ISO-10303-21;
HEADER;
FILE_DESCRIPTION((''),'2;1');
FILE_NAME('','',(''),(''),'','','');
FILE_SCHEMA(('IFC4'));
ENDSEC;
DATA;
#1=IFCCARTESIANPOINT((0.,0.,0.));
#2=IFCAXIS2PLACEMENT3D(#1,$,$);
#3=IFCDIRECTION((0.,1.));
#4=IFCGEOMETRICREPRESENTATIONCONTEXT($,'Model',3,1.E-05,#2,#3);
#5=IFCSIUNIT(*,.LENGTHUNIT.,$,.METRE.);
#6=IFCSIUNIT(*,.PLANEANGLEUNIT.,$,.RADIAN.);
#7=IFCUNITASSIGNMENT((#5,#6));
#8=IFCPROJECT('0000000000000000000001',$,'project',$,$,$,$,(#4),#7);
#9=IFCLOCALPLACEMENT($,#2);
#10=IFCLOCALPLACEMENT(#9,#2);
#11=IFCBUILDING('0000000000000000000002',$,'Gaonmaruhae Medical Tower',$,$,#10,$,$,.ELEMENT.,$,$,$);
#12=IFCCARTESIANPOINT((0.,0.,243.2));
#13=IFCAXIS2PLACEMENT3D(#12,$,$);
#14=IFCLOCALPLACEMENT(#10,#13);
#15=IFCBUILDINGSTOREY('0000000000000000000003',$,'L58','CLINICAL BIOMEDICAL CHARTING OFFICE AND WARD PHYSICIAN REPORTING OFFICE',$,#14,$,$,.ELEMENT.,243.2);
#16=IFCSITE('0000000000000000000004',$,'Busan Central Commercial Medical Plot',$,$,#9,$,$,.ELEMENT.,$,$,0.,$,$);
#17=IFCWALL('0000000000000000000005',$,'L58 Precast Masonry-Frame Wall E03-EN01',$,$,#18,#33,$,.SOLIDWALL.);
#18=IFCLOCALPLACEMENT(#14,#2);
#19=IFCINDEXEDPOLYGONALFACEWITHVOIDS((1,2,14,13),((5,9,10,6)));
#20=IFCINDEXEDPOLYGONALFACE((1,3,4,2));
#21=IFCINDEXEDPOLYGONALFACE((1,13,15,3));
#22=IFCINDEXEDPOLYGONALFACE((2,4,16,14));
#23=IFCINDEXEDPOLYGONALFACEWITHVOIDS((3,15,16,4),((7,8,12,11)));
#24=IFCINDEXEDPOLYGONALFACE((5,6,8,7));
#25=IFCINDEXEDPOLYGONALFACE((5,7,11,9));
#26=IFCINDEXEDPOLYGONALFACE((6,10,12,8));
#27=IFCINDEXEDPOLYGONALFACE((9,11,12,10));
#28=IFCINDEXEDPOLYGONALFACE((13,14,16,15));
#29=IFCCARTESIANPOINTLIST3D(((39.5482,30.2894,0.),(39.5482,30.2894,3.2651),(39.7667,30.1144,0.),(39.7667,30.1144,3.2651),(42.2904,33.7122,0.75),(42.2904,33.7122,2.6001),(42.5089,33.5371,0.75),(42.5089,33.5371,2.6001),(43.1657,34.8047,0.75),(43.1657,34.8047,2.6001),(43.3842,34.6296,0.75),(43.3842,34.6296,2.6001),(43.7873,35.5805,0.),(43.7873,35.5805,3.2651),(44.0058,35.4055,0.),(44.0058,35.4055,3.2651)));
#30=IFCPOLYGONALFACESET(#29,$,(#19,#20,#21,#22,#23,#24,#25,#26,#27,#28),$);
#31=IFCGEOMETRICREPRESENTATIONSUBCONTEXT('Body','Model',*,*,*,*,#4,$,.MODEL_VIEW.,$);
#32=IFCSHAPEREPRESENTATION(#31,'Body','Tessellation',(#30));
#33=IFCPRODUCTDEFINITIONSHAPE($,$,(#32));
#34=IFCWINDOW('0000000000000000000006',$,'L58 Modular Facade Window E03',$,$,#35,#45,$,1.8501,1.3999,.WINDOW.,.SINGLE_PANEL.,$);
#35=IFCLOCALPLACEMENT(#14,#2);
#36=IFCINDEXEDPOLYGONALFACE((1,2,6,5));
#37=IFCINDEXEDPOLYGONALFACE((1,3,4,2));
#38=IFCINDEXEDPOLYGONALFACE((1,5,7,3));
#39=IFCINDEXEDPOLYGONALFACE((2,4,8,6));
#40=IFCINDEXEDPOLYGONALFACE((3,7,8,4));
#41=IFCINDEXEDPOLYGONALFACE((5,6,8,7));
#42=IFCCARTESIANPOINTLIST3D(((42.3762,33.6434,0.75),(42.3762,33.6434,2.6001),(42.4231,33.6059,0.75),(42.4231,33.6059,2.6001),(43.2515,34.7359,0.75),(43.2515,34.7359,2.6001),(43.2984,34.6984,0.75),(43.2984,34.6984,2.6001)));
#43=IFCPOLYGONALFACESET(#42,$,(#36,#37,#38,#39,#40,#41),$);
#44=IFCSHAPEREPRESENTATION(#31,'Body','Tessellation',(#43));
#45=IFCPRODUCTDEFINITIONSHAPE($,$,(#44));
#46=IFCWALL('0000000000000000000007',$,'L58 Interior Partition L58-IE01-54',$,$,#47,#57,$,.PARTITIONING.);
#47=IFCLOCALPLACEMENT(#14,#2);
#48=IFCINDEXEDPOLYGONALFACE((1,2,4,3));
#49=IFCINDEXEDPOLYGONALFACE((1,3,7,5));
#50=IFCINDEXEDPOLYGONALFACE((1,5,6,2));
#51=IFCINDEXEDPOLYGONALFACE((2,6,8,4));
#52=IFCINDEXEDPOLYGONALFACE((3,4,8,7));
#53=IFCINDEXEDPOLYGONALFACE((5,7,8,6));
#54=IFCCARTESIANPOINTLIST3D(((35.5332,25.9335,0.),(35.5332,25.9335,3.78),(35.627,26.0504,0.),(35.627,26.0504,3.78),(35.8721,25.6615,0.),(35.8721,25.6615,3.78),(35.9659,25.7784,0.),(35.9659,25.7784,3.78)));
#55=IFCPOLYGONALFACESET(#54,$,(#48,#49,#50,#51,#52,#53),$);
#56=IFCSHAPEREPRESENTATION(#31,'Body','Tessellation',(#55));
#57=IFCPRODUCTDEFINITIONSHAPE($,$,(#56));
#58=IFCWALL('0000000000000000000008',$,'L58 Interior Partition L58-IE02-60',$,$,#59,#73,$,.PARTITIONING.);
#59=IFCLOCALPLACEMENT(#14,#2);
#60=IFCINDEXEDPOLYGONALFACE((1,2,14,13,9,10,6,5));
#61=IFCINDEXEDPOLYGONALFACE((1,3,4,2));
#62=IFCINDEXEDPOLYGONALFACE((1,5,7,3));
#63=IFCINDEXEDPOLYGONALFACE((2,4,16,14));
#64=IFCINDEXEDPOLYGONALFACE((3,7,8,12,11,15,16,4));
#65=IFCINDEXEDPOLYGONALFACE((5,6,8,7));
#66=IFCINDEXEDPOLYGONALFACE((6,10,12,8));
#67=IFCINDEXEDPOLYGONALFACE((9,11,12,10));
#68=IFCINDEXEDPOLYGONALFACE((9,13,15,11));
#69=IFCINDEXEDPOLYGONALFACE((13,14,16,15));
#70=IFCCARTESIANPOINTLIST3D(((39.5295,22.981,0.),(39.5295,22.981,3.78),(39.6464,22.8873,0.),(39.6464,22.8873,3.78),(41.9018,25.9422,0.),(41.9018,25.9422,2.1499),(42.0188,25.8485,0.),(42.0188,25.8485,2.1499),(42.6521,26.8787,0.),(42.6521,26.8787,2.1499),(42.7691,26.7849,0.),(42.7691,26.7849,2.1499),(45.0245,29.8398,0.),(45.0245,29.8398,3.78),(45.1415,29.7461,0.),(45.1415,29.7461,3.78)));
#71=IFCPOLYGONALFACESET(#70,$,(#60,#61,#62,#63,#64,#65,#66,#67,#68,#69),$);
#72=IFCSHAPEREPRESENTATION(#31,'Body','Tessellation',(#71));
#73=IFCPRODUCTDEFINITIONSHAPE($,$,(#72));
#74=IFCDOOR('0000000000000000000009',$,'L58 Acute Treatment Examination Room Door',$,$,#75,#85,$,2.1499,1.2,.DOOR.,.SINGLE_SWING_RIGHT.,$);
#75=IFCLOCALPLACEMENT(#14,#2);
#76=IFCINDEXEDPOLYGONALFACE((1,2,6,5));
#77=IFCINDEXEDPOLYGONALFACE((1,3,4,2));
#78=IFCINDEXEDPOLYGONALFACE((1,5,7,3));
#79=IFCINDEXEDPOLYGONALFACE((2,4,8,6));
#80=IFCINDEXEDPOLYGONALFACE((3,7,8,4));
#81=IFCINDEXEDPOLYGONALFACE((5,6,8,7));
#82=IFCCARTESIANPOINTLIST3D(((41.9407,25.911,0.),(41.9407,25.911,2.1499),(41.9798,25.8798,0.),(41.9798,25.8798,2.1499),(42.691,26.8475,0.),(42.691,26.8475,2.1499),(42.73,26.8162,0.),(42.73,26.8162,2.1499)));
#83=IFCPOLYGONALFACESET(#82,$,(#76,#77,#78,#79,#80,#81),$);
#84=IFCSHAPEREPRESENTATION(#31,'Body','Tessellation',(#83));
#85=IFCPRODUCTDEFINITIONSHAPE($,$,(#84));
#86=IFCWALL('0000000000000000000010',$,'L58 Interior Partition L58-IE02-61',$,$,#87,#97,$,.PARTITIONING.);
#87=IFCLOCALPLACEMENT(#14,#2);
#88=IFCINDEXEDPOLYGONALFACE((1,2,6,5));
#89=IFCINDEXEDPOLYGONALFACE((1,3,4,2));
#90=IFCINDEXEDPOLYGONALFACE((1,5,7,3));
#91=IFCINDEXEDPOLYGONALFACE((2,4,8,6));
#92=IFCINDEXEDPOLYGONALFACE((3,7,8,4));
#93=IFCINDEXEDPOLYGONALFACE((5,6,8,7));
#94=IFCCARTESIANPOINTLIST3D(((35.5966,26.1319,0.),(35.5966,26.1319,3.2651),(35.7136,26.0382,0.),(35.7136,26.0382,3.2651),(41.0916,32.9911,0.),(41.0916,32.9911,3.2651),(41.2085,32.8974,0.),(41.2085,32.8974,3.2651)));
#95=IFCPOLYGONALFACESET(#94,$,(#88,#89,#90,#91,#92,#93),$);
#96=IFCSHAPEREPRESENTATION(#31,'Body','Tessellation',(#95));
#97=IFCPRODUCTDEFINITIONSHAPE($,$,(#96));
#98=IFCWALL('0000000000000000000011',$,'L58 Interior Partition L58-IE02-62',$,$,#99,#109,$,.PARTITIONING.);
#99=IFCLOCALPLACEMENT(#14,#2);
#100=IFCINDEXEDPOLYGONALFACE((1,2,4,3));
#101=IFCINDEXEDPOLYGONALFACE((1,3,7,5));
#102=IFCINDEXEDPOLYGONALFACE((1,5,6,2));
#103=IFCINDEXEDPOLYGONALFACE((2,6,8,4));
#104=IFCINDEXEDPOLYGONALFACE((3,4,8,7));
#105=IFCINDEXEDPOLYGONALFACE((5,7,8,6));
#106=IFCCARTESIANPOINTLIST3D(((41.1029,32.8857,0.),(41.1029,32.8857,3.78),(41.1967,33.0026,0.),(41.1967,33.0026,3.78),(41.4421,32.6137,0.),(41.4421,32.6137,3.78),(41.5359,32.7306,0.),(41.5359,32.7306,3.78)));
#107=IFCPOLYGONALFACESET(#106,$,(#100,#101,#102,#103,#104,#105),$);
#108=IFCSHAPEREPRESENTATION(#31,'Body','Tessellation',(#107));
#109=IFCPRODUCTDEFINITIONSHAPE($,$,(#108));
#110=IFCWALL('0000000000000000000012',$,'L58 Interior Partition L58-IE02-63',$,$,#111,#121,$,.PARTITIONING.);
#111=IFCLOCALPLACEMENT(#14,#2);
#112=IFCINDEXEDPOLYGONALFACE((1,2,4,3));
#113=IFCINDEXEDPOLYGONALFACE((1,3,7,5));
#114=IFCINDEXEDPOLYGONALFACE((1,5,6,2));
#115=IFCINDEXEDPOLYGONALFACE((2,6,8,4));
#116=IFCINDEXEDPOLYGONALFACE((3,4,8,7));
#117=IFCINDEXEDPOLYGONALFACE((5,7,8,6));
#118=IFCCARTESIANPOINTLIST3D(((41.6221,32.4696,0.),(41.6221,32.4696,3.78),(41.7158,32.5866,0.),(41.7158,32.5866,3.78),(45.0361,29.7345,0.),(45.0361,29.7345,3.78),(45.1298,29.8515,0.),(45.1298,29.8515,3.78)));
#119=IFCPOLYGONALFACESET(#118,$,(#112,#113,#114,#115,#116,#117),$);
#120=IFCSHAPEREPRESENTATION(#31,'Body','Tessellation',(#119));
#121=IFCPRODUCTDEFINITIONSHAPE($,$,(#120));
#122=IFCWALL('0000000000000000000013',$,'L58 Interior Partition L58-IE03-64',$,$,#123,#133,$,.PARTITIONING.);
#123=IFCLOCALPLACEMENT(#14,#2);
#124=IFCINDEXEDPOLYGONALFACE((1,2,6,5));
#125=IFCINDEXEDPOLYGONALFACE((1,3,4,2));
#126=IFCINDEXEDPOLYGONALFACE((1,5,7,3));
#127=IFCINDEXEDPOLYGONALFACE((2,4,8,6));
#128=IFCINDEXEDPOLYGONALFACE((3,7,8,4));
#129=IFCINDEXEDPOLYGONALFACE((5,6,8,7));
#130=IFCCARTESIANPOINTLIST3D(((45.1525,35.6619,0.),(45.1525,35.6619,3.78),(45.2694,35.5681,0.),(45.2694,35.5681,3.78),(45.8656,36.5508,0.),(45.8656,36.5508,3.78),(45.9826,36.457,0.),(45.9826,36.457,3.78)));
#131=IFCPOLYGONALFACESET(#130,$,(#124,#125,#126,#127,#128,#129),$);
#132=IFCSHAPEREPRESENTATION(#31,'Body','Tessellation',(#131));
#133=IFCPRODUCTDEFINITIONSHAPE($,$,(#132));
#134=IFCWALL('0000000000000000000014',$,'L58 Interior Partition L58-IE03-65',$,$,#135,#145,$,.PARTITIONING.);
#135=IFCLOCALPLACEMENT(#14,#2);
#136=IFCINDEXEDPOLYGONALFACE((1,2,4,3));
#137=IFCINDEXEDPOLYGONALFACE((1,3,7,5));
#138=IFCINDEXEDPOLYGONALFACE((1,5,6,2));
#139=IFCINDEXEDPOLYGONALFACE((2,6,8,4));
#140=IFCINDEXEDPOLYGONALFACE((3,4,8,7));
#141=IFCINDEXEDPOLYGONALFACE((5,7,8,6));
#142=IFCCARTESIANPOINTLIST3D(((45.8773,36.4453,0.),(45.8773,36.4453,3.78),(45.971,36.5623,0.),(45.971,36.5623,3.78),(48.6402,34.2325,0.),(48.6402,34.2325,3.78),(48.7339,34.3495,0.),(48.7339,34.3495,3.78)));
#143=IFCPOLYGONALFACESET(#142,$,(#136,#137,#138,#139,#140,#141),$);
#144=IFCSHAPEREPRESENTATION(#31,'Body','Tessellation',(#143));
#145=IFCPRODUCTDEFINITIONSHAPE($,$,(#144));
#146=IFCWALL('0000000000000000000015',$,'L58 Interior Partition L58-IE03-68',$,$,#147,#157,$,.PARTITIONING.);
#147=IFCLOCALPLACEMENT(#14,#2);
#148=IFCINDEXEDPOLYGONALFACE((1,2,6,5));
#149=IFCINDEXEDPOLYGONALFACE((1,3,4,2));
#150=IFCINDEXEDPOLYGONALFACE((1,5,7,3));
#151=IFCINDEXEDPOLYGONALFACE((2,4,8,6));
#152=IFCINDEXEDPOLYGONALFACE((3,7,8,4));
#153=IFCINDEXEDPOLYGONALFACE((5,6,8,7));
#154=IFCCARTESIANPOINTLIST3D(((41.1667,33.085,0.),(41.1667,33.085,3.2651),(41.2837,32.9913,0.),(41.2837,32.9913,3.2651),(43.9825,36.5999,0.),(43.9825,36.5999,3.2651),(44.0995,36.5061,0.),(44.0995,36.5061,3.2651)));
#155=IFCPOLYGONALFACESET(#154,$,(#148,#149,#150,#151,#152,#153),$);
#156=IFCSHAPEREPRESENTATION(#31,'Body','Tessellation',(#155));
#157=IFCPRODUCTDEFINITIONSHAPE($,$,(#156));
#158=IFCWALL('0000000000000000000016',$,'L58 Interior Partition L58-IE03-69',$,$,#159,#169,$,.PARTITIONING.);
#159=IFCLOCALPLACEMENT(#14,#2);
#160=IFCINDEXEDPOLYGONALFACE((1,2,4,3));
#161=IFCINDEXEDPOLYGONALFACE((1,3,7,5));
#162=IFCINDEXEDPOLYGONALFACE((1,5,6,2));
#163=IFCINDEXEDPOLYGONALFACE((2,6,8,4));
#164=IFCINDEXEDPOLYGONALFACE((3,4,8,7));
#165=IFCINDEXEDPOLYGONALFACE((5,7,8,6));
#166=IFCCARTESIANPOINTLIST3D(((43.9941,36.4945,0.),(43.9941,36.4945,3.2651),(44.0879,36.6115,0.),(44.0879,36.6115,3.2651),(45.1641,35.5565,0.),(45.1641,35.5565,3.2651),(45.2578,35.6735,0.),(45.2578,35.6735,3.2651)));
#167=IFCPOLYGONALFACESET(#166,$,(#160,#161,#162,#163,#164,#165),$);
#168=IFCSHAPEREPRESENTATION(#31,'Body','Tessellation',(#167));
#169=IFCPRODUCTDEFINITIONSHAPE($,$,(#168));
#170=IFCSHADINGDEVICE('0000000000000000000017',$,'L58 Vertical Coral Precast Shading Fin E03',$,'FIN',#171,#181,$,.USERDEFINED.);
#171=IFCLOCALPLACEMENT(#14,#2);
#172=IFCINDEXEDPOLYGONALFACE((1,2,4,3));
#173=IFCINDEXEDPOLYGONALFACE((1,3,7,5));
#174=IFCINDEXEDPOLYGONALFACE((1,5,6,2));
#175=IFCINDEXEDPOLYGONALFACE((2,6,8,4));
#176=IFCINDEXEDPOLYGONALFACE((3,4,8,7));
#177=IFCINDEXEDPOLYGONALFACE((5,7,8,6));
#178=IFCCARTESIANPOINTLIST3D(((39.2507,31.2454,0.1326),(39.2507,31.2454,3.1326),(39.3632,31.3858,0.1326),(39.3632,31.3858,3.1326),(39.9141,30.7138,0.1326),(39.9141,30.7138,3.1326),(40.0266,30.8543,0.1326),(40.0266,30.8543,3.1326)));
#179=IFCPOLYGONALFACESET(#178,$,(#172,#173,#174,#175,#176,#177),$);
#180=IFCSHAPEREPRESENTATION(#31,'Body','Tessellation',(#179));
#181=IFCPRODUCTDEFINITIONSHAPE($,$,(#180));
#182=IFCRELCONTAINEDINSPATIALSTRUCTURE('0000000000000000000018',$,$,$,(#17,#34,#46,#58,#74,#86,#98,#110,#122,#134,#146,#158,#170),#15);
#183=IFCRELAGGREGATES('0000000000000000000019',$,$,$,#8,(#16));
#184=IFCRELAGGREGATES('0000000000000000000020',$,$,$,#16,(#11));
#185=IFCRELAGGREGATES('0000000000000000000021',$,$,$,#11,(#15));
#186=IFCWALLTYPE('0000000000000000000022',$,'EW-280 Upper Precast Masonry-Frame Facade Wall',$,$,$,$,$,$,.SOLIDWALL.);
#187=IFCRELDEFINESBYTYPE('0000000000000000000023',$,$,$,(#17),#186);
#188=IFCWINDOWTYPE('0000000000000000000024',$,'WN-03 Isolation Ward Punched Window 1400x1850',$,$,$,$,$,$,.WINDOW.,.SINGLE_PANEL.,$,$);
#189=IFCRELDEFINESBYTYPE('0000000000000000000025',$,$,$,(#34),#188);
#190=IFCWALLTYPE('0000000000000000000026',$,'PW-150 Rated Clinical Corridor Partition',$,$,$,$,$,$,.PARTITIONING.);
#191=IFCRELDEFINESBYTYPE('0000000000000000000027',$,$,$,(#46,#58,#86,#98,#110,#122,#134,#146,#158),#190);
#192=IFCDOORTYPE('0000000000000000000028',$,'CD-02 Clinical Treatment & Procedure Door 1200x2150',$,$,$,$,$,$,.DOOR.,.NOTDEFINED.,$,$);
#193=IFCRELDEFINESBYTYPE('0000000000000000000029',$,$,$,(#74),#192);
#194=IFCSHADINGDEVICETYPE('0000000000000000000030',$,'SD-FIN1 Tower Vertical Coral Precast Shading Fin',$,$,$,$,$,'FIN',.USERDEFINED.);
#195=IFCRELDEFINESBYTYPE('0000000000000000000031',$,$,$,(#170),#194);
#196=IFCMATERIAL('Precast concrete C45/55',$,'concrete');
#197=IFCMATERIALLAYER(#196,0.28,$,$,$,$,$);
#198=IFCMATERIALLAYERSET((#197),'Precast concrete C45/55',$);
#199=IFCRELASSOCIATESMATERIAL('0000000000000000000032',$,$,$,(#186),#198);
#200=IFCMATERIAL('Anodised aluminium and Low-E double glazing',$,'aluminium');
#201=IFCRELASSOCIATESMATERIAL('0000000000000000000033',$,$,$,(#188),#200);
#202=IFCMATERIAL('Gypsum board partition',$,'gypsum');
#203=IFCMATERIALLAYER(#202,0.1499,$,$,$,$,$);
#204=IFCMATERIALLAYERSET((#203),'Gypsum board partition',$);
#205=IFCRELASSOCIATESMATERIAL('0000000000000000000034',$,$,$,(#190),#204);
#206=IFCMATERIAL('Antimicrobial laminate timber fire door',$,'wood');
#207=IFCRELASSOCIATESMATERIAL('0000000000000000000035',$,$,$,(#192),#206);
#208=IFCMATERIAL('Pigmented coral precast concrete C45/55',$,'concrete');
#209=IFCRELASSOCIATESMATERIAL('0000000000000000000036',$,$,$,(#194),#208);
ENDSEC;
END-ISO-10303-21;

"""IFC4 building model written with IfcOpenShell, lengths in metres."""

from ifc_helpers import new_model, si_unit, direction, frame, frame_2d, origin, origin_2d, place, context, subcontext, project, spatial, rectangle, extrude, material, layer, layer_set, type_object, element, fill, save


model = new_model("IFC4")

# Units and contexts
model_context = context("Model", 3, precision=1e-05, world=origin(), true_north=direction((0.0, 1.0)))
body_context = subcontext(model_context, "Body", "Model", "MODEL_VIEW")
ifc_project = project(units=[si_unit("LENGTHUNIT", "METRE"), si_unit("PLANEANGLEUNIT", "RADIAN")], contexts=[model_context])

# Site, building, storey
site_placement = place(None, origin())
site = spatial("IfcSite", under=ifc_project, at=site_placement, Name="Busan Central Commercial Medical Plot", CompositionType="ELEMENT", RefElevation=0.0)
building_placement = place(site_placement, origin())
building = spatial("IfcBuilding", under=site, at=building_placement, Name="Gaonmaruhae Medical Tower", CompositionType="ELEMENT")
storey_placement = place(building_placement, frame((0.0, 0.0, 243.2)))
storey = spatial("IfcBuildingStorey", under=building, at=storey_placement, Name="L58", Description="CLINICAL BIOMEDICAL CHARTING OFFICE AND WARD PHYSICIAN REPORTING OFFICE", CompositionType="ELEMENT", Elevation=243.2)

# Shared definitions
ifc_material_1 = material(Name="Precast concrete C45/55", Category="concrete")
ifc_layer_1 = layer(ifc_material_1, 0.28)
ifc_layer_set_1 = layer_set([ifc_layer_1], Name="Precast concrete C45/55")
wall_type_1 = type_object("IfcWallType", Name="EW-280 Upper Precast Masonry-Frame Facade Wall", PredefinedType="SOLIDWALL", material=ifc_layer_set_1)

# Wall, opening, window
wall_1_placement = place(storey_placement, frame((39.6575, 30.2019, 0.0), z_axis=(0.0, 0.0, 1.0), x_axis=(0.625253, 0.780422, 0.0)))
wall_1 = element("IfcWall", 1, at=wall_1_placement, inside=storey, type_object=wall_type_1, Name="L58 Precast Masonry-Frame Wall E03-EN01", PredefinedType="SOLIDWALL", context=body_context, shape_type="SweptSolid", body=[
    extrude(rectangle(XDim=6.7798, YDim=0.28, at=frame_2d((3.3899, 0.0))), origin(), (0.0, 0.0, 1.0), 3.2651),
])
opening_1_placement = place(wall_1_placement, frame((4.3857, 0.0, 0.75)))
opening_1 = element("IfcOpeningElement", 2, at=opening_1_placement, cuts=wall_1, PredefinedType="OPENING", context=body_context, shape_type="SweptSolid", body=[
    extrude(rectangle(XDim=1.3999, YDim=1.8501, at=frame_2d((0.7, 0.925))), frame((0.0, 0.1499, 0.0), z_axis=(0.0, -1.0, 0.0), x_axis=(1.0, 0.0, 0.0)), (0.0, 0.0, 1.0), 0.3),
])
ifc_material_2 = material(Name="Anodised aluminium and Low-E double glazing", Category="aluminium")
window_type = type_object("IfcWindowType", Name="WN-03 Isolation Ward Punched Window 1400x1850", PartitioningType="SINGLE_PANEL", PredefinedType="WINDOW", material=ifc_material_2)
window_placement = place(opening_1_placement, origin())
window = element("IfcWindow", 3, at=window_placement, inside=storey, type_object=window_type, Name="L58 Modular Facade Window E03", OverallHeight=1.8501, OverallWidth=1.3999, PartitioningType="SINGLE_PANEL", PredefinedType="WINDOW", context=body_context, shape_type="SweptSolid", body=[
    extrude(rectangle(XDim=1.3999, YDim=1.8501, at=frame_2d((0.7, 0.925))), frame((0.0, 0.03, 0.0), z_axis=(0.0, -1.0, 0.0), x_axis=(1.0, 0.0, 0.0)), (0.0, 0.0, 1.0), 0.0601),
])
fill(opening_1, window)

# Wall
ifc_material_3 = material(Name="Gypsum board partition", Category="gypsum")
ifc_layer_2 = layer(ifc_material_3, 0.1499)
ifc_layer_set_2 = layer_set([ifc_layer_2], Name="Gypsum board partition")
wall_type_2 = type_object("IfcWallType", Name="PW-150 Rated Clinical Corridor Partition", PredefinedType="PARTITIONING", material=ifc_layer_set_2)
wall_2_placement = place(storey_placement, frame((35.5801, 25.9919, 0.0), z_axis=(0.0, 0.0, 1.0), x_axis=(0.779881, -0.625928, 0.0)))
element("IfcWall", 4, at=wall_2_placement, inside=storey, type_object=wall_type_2, Name="L58 Interior Partition L58-IE01-54", PredefinedType="PARTITIONING", context=body_context, shape_type="SweptSolid", body=[
    extrude(rectangle(XDim=0.4346, YDim=0.1499, at=frame_2d((0.2173, 0.0))), origin(), (0.0, 0.0, 1.0), 3.78),
])

# Wall, opening, door
wall_3_placement = place(storey_placement, frame((45.083, 29.793, 0.0), z_axis=(0.0, 0.0, 1.0), x_axis=(-0.62525, -0.780424, 0.0)))
wall_3 = element("IfcWall", 5, at=wall_3_placement, inside=storey, type_object=wall_type_2, Name="L58 Interior Partition L58-IE02-60", PredefinedType="PARTITIONING", context=body_context, shape_type="SweptSolid", body=[
    extrude(rectangle(XDim=8.7886, YDim=0.1499, at=frame_2d((4.3943, 0.0))), origin(), (0.0, 0.0, 1.0), 3.78),
])
opening_2_placement = place(wall_3_placement, frame((3.7942, 0.0, 0.0)))
opening_2 = element("IfcOpeningElement", 6, at=opening_2_placement, cuts=wall_3, PredefinedType="OPENING", context=body_context, shape_type="SweptSolid", body=[
    extrude(rectangle(XDim=1.2, YDim=2.1499, at=frame_2d((0.6001, 1.075))), frame((0.0, 0.085, 0.0), z_axis=(0.0, -1.0, 0.0), x_axis=(1.0, 0.0, 0.0)), (0.0, 0.0, 1.0), 0.1699),
])
ifc_material_4 = material(Name="Antimicrobial laminate timber fire door", Category="wood")
door_type = type_object("IfcDoorType", Name="CD-02 Clinical Treatment & Procedure Door 1200x2150", OperationType="NOTDEFINED", PredefinedType="DOOR", material=ifc_material_4)
door_placement = place(opening_2_placement, origin())
door = element("IfcDoor", 7, at=door_placement, inside=storey, type_object=door_type, Name="L58 Acute Treatment Examination Room Door", OperationType="SINGLE_SWING_RIGHT", OverallHeight=2.1499, OverallWidth=1.2, PredefinedType="DOOR", context=body_context, shape_type="SweptSolid", body=[
    extrude(rectangle(XDim=1.2, YDim=2.1499, at=frame_2d((0.6001, 1.075))), frame((0.0, 0.0249, 0.0), z_axis=(0.0, -1.0, 0.0), x_axis=(1.0, 0.0, 0.0)), (0.0, 0.0, 1.0), 0.05),
])
fill(opening_2, door)

# Walls
wall_4_placement = place(storey_placement, frame((35.655, 26.085, 0.0), z_axis=(0.0, 0.0, 1.0), x_axis=(0.62522, 0.780449, 0.0)))
element("IfcWall", 8, at=wall_4_placement, inside=storey, type_object=wall_type_2, Name="L58 Interior Partition L58-IE02-61", PredefinedType="PARTITIONING", context=body_context, shape_type="SweptSolid", body=[
    extrude(rectangle(XDim=8.7888, YDim=0.1499, at=frame_2d((4.3945, 0.0))), origin(), (0.0, 0.0, 1.0), 3.2651),
])
wall_5_placement = place(storey_placement, frame((41.1499, 32.9441, 0.0), z_axis=(0.0, 0.0, 1.0), x_axis=(0.780101, -0.625653, 0.0)))
element("IfcWall", 9, at=wall_5_placement, inside=storey, type_object=wall_type_2, Name="L58 Interior Partition L58-IE02-62", PredefinedType="PARTITIONING", context=body_context, shape_type="SweptSolid", body=[
    extrude(rectangle(XDim=0.4348, YDim=0.1499, at=frame_2d((0.2173, 0.0))), origin(), (0.0, 0.0, 1.0), 3.78),
])
wall_6_placement = place(storey_placement, frame((41.6689, 32.5281, 0.0), z_axis=(0.0, 0.0, 1.0), x_axis=(0.780438, -0.625233, 0.0)))
element("IfcWall", 10, at=wall_6_placement, inside=storey, type_object=wall_type_2, Name="L58 Interior Partition L58-IE02-63", PredefinedType="PARTITIONING", context=body_context, shape_type="SweptSolid", body=[
    extrude(rectangle(XDim=4.3745, YDim=0.1499, at=frame_2d((2.1873, 0.0))), origin(), (0.0, 0.0, 1.0), 3.78),
])
wall_7_placement = place(storey_placement, frame((45.2109, 35.615, 0.0), z_axis=(0.0, 0.0, 1.0), x_axis=(0.625766, 0.780011, 0.0)))
element("IfcWall", 11, at=wall_7_placement, inside=storey, type_object=wall_type_2, Name="L58 Interior Partition L58-IE03-64", PredefinedType="PARTITIONING", context=body_context, shape_type="SweptSolid", body=[
    extrude(rectangle(XDim=1.1396, YDim=0.1499, at=frame_2d((0.5698, 0.0))), origin(), (0.0, 0.0, 1.0), 3.78),
])
wall_8_placement = place(storey_placement, frame((45.9241, 36.5039, 0.0), z_axis=(0.0, 0.0, 1.0), x_axis=(0.780519, -0.625132, 0.0)))
element("IfcWall", 12, at=wall_8_placement, inside=storey, type_object=wall_type_2, Name="L58 Interior Partition L58-IE03-65", PredefinedType="PARTITIONING", context=body_context, shape_type="SweptSolid", body=[
    extrude(rectangle(XDim=3.5398, YDim=0.1499, at=frame_2d((1.77, 0.0))), origin(), (0.0, 0.0, 1.0), 3.78),
])
wall_9_placement = place(storey_placement, frame((41.2251, 33.0381, 0.0), z_axis=(0.0, 0.0, 1.0), x_axis=(0.625237, 0.780435, 0.0)))
element("IfcWall", 13, at=wall_9_placement, inside=storey, type_object=wall_type_2, Name="L58 Interior Partition L58-IE03-68", PredefinedType="PARTITIONING", context=body_context, shape_type="SweptSolid", body=[
    extrude(rectangle(XDim=4.5037, YDim=0.1499, at=frame_2d((2.252, 0.0))), origin(), (0.0, 0.0, 1.0), 3.2651),
])
wall_10_placement = place(storey_placement, frame((44.041, 36.553, 0.0), z_axis=(0.0, 0.0, 1.0), x_axis=(0.780201, -0.625529, 0.0)))
element("IfcWall", 14, at=wall_10_placement, inside=storey, type_object=wall_type_2, Name="L58 Interior Partition L58-IE03-69", PredefinedType="PARTITIONING", context=body_context, shape_type="SweptSolid", body=[
    extrude(rectangle(XDim=1.4995, YDim=0.1499, at=frame_2d((0.7498, 0.0))), origin(), (0.0, 0.0, 1.0), 3.2651),
])

# Shading device
ifc_material_5 = material(Name="Pigmented coral precast concrete C45/55", Category="concrete")
shading_device_type = type_object("IfcShadingDeviceType", Name="SD-FIN1 Tower Vertical Coral Precast Shading Fin", ElementType="FIN", PredefinedType="USERDEFINED", material=ifc_material_5)
for number, where, z_axis, x_axis, name in (
    (15, (39.6387, 31.0498, 0.1326), (0.0, 0.0, 1.0), (0.625243, 0.78043, 0.0), "L58 Vertical Coral Precast Shading Fin E03"),
):
    element("IfcShadingDevice", number, at=place(storey_placement, frame(where, z_axis=z_axis, x_axis=x_axis)), inside=storey, type_object=shading_device_type, Name=name, ObjectType="FIN", PredefinedType="USERDEFINED", context=body_context, shape_type="SweptSolid", body=[
        extrude(rectangle(XDim=0.1799, YDim=0.8501, at=origin_2d()), origin(), (0.0, 0.0, 1.0), 3.0),
    ])

save(model, "model.ifc")
